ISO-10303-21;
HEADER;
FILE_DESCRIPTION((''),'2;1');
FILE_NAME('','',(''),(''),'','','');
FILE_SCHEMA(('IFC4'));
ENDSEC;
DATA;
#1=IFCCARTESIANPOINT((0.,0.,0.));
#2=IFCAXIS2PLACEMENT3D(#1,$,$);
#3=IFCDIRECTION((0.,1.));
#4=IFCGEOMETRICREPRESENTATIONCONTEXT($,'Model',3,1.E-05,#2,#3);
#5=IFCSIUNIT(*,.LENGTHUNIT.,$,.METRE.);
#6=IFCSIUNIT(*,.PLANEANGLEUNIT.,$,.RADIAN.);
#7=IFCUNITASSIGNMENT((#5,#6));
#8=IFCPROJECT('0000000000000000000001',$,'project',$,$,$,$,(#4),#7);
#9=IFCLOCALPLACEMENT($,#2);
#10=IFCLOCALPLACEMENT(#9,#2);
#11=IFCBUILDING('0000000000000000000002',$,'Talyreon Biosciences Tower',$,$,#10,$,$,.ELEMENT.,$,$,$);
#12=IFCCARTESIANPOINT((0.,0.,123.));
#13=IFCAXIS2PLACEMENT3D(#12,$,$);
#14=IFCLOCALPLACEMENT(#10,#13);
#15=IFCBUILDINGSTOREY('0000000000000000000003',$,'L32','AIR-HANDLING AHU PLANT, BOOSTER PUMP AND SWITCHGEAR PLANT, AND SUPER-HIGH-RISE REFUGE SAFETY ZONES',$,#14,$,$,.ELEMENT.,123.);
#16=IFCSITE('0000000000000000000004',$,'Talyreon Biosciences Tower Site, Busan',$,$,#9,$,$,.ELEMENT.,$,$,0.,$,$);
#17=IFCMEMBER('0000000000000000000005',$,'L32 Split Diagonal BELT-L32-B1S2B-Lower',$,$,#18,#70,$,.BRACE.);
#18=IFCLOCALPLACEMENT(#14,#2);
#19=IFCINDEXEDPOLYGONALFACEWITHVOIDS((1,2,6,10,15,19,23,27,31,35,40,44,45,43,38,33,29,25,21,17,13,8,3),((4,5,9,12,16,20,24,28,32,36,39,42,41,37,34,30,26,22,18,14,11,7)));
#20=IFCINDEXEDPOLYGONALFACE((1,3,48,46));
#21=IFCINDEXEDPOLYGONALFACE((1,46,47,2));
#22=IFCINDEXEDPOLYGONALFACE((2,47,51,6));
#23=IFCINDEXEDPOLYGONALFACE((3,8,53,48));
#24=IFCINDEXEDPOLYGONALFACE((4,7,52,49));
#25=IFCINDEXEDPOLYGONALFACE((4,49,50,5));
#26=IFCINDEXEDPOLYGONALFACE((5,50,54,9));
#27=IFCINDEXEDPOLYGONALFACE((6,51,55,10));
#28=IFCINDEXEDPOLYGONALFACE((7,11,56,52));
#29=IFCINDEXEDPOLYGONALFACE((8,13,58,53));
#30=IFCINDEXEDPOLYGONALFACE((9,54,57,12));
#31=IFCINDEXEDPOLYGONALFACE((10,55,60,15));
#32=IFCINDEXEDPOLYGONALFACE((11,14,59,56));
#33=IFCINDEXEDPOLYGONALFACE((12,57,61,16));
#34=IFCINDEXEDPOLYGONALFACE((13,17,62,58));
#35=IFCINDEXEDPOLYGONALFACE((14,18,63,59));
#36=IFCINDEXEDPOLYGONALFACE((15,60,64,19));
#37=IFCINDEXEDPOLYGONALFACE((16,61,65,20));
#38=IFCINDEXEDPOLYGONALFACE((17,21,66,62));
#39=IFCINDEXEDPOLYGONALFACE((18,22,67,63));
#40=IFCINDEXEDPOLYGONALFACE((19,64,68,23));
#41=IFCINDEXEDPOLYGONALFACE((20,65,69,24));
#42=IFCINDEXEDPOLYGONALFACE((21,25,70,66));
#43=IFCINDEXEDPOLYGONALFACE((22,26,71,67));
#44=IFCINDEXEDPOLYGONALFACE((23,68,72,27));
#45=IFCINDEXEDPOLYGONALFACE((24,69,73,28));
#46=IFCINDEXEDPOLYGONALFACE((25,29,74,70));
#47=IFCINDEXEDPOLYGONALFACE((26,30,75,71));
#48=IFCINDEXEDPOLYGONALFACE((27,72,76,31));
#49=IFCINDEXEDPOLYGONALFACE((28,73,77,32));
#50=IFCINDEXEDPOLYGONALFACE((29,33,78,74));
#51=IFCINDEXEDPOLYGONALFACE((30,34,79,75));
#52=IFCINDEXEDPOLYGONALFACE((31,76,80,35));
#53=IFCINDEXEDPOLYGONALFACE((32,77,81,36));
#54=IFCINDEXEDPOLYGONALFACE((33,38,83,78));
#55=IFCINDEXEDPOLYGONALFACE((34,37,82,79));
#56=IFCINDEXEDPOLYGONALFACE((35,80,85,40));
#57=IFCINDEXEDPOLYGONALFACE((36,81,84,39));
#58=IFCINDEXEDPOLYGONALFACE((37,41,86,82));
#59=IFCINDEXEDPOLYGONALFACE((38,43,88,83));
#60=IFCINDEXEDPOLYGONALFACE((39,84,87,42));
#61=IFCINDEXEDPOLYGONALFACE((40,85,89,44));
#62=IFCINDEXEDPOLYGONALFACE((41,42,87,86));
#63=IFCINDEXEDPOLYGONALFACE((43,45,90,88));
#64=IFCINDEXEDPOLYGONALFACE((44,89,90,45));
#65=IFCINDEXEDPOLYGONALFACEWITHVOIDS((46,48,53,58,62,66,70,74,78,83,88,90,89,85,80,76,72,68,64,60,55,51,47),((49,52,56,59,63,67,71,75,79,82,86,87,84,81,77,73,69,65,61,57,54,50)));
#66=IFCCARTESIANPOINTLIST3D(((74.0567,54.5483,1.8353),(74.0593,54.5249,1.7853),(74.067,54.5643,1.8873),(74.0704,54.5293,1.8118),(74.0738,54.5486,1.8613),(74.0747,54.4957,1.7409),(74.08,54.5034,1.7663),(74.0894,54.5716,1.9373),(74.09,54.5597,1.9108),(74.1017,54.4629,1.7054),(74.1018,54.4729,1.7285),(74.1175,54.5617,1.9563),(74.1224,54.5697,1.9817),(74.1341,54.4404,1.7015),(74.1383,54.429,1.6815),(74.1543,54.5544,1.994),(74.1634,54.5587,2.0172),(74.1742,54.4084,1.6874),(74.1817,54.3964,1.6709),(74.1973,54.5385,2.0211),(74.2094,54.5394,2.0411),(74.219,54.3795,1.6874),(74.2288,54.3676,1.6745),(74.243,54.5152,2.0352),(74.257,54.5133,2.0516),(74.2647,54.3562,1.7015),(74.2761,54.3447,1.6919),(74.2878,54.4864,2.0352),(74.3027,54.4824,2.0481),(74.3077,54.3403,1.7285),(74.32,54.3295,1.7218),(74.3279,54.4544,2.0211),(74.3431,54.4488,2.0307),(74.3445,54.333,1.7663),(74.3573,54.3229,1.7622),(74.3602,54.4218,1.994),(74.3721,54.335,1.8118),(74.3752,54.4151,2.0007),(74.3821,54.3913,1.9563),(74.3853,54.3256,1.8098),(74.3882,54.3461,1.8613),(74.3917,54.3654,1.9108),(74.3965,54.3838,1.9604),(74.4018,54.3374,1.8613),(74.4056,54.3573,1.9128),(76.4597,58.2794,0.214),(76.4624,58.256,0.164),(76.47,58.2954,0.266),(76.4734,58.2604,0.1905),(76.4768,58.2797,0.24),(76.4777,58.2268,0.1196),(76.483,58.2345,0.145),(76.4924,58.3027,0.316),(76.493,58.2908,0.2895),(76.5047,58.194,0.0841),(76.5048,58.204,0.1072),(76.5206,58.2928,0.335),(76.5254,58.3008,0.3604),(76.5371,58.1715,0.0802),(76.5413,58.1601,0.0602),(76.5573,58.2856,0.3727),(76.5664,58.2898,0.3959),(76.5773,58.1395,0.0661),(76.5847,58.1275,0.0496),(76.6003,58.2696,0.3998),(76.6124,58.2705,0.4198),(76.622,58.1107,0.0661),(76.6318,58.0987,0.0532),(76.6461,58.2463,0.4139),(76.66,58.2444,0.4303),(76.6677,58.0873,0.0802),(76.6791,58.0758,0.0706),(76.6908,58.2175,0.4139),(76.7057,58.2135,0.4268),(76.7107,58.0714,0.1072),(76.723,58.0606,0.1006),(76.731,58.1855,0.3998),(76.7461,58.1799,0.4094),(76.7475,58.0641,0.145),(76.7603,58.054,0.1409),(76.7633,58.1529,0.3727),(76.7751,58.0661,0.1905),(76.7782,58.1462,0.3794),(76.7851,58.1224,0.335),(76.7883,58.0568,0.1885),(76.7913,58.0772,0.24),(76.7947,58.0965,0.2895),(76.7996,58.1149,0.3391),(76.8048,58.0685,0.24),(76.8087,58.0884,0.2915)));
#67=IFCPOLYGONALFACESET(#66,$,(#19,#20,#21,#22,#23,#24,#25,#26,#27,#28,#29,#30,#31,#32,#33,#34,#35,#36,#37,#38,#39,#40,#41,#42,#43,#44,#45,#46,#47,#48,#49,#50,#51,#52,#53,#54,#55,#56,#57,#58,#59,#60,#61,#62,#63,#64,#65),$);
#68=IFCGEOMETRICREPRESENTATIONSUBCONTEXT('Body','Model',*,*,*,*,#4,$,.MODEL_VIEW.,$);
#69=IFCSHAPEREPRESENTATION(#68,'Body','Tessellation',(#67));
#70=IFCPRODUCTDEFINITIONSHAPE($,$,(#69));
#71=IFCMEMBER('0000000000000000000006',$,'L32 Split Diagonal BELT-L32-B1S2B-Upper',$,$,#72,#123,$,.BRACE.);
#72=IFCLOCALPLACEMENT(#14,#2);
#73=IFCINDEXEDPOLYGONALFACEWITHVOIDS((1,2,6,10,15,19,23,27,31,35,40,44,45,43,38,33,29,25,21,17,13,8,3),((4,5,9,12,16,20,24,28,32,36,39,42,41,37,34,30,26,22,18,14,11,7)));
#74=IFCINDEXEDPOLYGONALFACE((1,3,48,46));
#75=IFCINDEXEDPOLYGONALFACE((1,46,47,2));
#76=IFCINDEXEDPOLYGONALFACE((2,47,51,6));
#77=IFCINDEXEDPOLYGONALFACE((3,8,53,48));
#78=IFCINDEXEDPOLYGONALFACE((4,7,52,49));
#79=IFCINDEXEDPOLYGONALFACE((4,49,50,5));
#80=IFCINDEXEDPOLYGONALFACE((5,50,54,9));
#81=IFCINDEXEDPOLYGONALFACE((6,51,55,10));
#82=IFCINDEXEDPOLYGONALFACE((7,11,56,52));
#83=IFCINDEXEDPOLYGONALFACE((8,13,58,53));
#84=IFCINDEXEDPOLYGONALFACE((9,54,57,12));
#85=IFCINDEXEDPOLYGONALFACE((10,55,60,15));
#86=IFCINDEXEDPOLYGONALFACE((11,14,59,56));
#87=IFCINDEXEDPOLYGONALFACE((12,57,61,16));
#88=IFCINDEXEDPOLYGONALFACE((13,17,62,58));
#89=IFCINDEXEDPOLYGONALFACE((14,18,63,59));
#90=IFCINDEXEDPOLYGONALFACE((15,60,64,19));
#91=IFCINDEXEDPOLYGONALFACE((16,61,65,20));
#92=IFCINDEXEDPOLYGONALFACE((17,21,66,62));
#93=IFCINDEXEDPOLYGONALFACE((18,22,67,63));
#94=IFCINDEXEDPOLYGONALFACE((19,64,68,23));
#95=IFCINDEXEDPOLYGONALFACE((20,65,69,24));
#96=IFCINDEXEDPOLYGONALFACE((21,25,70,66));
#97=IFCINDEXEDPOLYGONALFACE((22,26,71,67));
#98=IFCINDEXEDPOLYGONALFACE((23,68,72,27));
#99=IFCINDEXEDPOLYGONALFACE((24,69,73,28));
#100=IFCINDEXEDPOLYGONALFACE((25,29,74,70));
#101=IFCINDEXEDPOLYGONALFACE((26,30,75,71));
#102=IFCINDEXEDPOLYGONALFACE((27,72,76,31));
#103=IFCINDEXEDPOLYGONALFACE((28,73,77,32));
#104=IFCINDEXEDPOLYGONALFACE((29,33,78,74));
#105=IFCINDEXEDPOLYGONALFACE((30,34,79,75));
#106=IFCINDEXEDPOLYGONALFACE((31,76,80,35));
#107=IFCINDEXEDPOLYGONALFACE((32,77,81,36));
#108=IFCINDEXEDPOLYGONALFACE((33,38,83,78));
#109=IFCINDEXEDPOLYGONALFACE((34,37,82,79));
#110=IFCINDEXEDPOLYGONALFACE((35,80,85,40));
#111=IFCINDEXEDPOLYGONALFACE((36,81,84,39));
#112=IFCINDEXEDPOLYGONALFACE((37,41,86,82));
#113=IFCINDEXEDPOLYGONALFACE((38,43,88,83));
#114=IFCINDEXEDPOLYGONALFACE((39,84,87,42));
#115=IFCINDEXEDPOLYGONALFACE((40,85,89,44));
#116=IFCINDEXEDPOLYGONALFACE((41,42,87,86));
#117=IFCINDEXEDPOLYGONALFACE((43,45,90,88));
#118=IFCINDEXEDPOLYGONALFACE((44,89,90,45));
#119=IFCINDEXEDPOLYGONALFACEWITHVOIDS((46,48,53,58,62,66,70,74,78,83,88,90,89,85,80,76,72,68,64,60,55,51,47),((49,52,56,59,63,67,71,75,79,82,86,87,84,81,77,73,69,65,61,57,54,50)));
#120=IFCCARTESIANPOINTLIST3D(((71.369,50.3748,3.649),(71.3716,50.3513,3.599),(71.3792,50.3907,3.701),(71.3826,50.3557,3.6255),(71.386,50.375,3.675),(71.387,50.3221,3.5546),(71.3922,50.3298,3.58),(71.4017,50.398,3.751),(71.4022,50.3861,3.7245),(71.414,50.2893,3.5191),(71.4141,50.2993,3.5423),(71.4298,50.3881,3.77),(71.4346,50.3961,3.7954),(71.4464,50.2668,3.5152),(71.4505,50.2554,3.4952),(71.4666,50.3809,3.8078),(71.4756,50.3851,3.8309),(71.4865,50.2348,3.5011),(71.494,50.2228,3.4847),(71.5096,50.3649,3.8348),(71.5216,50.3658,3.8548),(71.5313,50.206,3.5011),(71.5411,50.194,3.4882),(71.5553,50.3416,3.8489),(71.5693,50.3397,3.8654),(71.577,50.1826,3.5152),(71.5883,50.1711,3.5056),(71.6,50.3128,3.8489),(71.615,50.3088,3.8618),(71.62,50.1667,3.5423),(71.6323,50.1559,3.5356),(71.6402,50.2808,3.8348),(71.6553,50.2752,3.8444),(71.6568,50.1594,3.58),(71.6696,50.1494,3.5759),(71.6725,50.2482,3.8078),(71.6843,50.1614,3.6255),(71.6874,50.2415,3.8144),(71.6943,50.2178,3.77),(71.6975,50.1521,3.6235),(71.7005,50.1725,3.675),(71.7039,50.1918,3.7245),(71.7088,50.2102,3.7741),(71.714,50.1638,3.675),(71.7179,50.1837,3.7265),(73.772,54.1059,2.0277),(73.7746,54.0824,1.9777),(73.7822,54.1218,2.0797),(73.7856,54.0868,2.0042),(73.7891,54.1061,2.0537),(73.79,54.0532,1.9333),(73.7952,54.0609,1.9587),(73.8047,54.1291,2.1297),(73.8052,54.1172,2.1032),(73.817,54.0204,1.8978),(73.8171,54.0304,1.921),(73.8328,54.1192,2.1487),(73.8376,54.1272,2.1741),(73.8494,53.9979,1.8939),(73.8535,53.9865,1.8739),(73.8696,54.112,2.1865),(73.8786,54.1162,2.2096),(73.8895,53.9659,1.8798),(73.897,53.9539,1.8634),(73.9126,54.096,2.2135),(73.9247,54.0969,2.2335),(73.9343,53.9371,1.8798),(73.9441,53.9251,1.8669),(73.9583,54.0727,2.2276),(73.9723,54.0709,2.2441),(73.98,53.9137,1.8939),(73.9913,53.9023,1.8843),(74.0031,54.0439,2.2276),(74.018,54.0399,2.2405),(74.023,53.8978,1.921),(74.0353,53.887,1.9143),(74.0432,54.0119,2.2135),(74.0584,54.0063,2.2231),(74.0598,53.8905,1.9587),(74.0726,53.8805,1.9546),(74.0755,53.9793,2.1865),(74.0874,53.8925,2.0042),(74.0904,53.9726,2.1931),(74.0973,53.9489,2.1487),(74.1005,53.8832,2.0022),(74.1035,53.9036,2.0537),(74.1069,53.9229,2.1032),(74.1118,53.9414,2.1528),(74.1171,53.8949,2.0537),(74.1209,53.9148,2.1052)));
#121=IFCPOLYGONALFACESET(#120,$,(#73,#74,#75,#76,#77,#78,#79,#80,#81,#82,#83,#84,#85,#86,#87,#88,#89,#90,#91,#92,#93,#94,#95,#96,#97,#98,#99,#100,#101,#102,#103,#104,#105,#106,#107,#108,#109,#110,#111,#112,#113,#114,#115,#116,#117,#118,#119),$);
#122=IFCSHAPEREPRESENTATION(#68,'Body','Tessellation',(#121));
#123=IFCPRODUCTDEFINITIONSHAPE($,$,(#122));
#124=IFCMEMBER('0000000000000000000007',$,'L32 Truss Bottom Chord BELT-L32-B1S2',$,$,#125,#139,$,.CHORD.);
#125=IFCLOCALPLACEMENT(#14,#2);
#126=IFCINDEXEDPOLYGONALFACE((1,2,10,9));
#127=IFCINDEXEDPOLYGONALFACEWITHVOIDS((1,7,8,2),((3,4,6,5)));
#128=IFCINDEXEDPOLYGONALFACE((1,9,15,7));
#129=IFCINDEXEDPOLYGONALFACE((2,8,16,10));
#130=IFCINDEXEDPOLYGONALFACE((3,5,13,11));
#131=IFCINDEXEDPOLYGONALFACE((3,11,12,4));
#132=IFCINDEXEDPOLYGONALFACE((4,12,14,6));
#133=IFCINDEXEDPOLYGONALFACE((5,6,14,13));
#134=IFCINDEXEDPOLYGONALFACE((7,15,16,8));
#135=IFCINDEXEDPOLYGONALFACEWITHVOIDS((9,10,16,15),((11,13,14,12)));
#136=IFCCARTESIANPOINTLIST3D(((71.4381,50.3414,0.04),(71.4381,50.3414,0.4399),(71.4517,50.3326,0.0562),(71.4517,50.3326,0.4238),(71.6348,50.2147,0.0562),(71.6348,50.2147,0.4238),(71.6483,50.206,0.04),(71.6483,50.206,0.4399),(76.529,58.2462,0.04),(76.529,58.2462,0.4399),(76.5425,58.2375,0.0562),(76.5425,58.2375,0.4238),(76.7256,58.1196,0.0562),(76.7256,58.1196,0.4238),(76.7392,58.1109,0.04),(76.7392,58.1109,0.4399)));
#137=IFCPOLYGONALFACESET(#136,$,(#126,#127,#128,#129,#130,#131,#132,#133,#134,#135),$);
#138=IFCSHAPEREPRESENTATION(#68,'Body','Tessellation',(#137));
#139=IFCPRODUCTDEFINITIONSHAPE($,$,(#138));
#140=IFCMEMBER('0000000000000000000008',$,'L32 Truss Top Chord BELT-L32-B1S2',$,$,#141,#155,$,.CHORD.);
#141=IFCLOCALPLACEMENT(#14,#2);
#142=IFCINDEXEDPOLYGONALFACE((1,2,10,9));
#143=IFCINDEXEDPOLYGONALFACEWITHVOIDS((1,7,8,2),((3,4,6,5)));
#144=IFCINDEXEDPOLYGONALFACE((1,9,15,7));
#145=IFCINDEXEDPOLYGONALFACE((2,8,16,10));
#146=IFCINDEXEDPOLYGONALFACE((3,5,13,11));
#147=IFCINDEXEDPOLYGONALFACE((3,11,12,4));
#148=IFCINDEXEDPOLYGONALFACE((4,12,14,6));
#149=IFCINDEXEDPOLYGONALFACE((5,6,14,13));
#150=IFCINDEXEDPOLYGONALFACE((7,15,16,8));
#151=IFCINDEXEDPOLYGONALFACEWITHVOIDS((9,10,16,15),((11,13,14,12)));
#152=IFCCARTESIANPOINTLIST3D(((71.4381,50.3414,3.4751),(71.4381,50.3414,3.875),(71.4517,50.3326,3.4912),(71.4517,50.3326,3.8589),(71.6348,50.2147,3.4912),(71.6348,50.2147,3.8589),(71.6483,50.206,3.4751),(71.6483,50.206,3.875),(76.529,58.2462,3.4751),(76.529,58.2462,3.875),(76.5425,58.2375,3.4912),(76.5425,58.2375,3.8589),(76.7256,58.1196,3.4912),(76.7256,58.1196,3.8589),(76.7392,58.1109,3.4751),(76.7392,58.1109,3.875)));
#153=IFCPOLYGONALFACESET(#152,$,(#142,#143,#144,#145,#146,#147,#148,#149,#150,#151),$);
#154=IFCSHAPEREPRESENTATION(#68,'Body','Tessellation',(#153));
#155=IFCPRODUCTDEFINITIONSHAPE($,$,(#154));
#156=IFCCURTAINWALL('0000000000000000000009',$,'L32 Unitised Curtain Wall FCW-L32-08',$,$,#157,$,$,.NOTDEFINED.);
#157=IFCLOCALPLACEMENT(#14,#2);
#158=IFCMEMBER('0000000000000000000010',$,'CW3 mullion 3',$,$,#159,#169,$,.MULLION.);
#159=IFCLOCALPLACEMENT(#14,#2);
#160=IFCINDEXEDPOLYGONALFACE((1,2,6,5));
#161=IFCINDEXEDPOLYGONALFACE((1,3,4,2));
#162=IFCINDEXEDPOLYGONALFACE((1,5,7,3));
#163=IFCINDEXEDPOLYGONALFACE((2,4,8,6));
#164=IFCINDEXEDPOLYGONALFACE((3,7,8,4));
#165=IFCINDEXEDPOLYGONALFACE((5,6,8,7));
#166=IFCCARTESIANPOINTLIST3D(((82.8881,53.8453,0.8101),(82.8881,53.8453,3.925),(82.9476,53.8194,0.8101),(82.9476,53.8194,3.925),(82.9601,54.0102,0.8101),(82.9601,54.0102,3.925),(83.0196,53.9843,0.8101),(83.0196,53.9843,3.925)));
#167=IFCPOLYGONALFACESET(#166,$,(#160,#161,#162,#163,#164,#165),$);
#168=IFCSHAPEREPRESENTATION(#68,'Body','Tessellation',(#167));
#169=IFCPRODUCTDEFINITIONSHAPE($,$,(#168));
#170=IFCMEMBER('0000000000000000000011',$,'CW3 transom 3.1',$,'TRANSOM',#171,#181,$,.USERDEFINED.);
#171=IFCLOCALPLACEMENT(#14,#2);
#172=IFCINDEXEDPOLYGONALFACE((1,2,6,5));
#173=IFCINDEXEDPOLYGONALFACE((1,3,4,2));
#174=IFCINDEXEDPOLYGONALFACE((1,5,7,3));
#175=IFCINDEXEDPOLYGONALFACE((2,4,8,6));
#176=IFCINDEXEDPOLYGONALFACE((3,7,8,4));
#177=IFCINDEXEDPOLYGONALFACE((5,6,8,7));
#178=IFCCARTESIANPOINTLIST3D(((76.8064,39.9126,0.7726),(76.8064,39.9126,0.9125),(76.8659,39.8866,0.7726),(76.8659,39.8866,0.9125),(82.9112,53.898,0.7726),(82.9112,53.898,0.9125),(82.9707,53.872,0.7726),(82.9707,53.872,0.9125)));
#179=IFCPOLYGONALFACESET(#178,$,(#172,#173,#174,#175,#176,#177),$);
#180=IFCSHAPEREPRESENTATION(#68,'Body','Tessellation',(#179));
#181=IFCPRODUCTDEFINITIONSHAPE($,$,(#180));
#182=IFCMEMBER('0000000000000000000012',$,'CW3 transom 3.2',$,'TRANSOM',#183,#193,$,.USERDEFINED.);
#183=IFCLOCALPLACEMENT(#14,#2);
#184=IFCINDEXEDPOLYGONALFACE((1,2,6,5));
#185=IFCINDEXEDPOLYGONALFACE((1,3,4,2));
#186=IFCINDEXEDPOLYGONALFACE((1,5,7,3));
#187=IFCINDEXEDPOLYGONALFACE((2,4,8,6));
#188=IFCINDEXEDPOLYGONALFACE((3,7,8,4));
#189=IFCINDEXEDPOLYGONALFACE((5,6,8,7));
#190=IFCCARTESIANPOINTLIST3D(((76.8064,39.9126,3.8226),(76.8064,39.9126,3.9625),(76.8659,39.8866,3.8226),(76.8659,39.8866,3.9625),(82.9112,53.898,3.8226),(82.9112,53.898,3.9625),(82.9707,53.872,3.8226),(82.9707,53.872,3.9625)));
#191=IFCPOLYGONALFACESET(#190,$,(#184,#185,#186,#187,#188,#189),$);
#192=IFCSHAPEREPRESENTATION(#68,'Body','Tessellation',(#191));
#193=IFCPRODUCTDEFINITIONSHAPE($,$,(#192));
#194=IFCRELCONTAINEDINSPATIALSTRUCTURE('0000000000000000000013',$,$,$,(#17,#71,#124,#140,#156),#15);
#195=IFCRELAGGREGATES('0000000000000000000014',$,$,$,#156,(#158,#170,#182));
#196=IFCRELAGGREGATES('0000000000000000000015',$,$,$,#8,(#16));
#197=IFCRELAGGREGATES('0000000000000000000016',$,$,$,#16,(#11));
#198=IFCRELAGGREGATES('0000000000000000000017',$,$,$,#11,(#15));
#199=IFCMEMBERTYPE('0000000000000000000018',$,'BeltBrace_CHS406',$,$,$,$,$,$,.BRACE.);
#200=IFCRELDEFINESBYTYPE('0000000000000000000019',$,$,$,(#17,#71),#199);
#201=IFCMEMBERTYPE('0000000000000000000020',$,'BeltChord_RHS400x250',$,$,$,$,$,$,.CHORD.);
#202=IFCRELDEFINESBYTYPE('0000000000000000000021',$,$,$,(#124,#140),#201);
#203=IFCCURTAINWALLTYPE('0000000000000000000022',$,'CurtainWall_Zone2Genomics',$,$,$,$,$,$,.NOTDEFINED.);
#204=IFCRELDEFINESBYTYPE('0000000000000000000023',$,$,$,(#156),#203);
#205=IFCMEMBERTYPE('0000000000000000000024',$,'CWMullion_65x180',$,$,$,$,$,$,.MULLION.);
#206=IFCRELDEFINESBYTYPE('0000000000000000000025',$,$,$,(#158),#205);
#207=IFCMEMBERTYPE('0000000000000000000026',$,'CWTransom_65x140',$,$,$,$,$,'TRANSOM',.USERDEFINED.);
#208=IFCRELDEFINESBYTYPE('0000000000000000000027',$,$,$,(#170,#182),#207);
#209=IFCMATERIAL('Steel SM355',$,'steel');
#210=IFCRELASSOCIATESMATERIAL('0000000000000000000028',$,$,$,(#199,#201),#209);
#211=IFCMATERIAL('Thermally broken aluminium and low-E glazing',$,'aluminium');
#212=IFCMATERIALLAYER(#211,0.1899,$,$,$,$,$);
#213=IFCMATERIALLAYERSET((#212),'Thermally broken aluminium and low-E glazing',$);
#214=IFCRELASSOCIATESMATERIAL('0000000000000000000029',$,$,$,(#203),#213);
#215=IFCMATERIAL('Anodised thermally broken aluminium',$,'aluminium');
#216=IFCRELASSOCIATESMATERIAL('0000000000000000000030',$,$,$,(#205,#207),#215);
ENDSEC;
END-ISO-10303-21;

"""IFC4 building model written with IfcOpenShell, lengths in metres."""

from ifc_helpers import new_model, si_unit, direction, frame, origin, origin_2d, place, context, subcontext, project, spatial, rectangle, hollow_rectangle, hollow_circle, extrude, material, layer, layer_set, material_profile, profile_set, type_object, element, aggregate, save


model = new_model("IFC4")

# Units and contexts
model_context = context("Model", 3, precision=1e-05, world=origin(), true_north=direction((0.0, 1.0)))
body_context = subcontext(model_context, "Body", "Model", "MODEL_VIEW")
ifc_project = project(units=[si_unit("LENGTHUNIT", "METRE"), si_unit("PLANEANGLEUNIT", "RADIAN")], contexts=[model_context])

# Site, building, storey
site_placement = place(None, origin())
site = spatial("IfcSite", under=ifc_project, at=site_placement, Name="Talyreon Biosciences Tower Site, Busan", CompositionType="ELEMENT", RefElevation=0.0)
building_placement = place(site_placement, origin())
building = spatial("IfcBuilding", under=site, at=building_placement, Name="Talyreon Biosciences Tower", CompositionType="ELEMENT")
storey_placement = place(building_placement, frame((0.0, 0.0, 123.0)))
storey = spatial("IfcBuildingStorey", under=building, at=storey_placement, Name="L32", Description="AIR-HANDLING AHU PLANT, BOOSTER PUMP AND SWITCHGEAR PLANT, AND SUPER-HIGH-RISE REFUGE SAFETY ZONES", CompositionType="ELEMENT", Elevation=123.0)

# Members
ifc_material_1 = material(Name="Steel SM355", Category="steel")
ifc_material_profile_1 = material_profile(ifc_material_1, hollow_circle(Radius=0.2031, WallThickness=0.0161, at=origin_2d()), Name="CHS 406.4x16")
ifc_profile_set_1 = profile_set([ifc_material_profile_1], Name="Steel SM355")
member_type_1 = type_object("IfcMemberType", Name="BeltBrace_CHS406", PredefinedType="BRACE", material=ifc_profile_set_1)
for number, where, z_axis, x_axis, name in (
    (1, (76.634, 58.1785, 0.24), (-0.50859, -0.789677, 0.343142), (0.840722, -0.541466, 0.0), "L32 Split Diagonal BELT-L32-B1S2B-Lower"),
    (2, (73.9463, 54.0049, 2.0537), (-0.50859, -0.789677, 0.343142), (0.840722, -0.541466, 0.0), "L32 Split Diagonal BELT-L32-B1S2B-Upper"),
):
    element("IfcMember", number, at=place(storey_placement, frame(where, z_axis=z_axis, x_axis=x_axis)), inside=storey, type_object=member_type_1, Name=name, PredefinedType="BRACE", context=body_context, shape_type="SweptSolid", body=[
        extrude(hollow_circle(Radius=0.2031, WallThickness=0.0161, at=origin_2d()), origin(), (0.0, 0.0, 1.0), 4.7249),
    ])
ifc_material_profile_2 = material_profile(ifc_material_1, hollow_rectangle(XDim=0.25, YDim=0.3999, WallThickness=0.0161, at=origin_2d()), Name="RHS 400x250x16")
ifc_profile_set_2 = profile_set([ifc_material_profile_2], Name="Steel SM355")
member_type_2 = type_object("IfcMemberType", Name="BeltChord_RHS400x250", PredefinedType="CHORD", material=ifc_profile_set_2)
for number, where, z_axis, x_axis, name in (
    (3, (71.5432, 50.2737, 0.24), (0.541448, 0.840734, 0.0), (-0.840734, 0.541448, 0.0), "L32 Truss Bottom Chord BELT-L32-B1S2"),
    (4, (71.5432, 50.2737, 3.675), (0.541448, 0.840734, 0.0), (-0.840734, 0.541448, 0.0), "L32 Truss Top Chord BELT-L32-B1S2"),
):
    element("IfcMember", number, at=place(storey_placement, frame(where, z_axis=z_axis, x_axis=x_axis)), inside=storey, type_object=member_type_2, Name=name, PredefinedType="CHORD", context=body_context, shape_type="SweptSolid", body=[
        extrude(hollow_rectangle(XDim=0.25, YDim=0.3999, WallThickness=0.0161, at=origin_2d()), origin(), (0.0, 0.0, 1.0), 9.4023),
    ])

# Curtain wall, members
ifc_material_2 = material(Name="Thermally broken aluminium and low-E glazing", Category="aluminium")
ifc_layer_1 = layer(ifc_material_2, 0.1899)
ifc_layer_set_1 = layer_set([ifc_layer_1], Name="Thermally broken aluminium and low-E glazing")
curtain_wall_type = type_object("IfcCurtainWallType", Name="CurtainWall_Zone2Genomics", PredefinedType="NOTDEFINED", material=ifc_layer_set_1)
curtain_wall_placement = place(storey_placement, origin())
curtain_wall = element("IfcCurtainWall", 5, at=curtain_wall_placement, inside=storey, type_object=curtain_wall_type, Name="L32 Unitised Curtain Wall FCW-L32-08", PredefinedType="NOTDEFINED")
ifc_material_3 = material(Name="Anodised thermally broken aluminium", Category="aluminium")
ifc_material_profile_3 = material_profile(ifc_material_3, rectangle(XDim=0.0649, YDim=0.1799, at=origin_2d()), Name="ALUM MULLION 65x180")
ifc_profile_set_3 = profile_set([ifc_material_profile_3], Name="Anodised thermally broken aluminium")
member_type_3 = type_object("IfcMemberType", Name="CWMullion_65x180", PredefinedType="MULLION", material=ifc_profile_set_3)
member_1_placement = place(storey_placement, frame((82.9539, 53.9148, 0.8101), z_axis=(0.0, 0.0, 1.0), x_axis=(0.91649, -0.400058, 0.0)))
member_1 = element("IfcMember", 6, at=member_1_placement, type_object=member_type_3, Name="CW3 mullion 3", PredefinedType="MULLION", context=body_context, shape_type="SweptSolid", body=[
    extrude(rectangle(XDim=0.0649, YDim=0.1799, at=origin_2d()), origin(), (0.0, 0.0, 1.0), 3.115),
])
ifc_material_profile_4 = material_profile(ifc_material_3, rectangle(XDim=0.0649, YDim=0.1399, at=origin_2d()), Name="ALUM TRANSOM 65x140")
ifc_profile_set_4 = profile_set([ifc_material_profile_4], Name="Anodised thermally broken aluminium")
member_type_4 = type_object("IfcMemberType", Name="CWTransom_65x140", ElementType="TRANSOM", PredefinedType="USERDEFINED", material=ifc_profile_set_4)
member_2_placement = place(storey_placement, frame((82.9409, 53.885, 0.8425), z_axis=(-0.400057, -0.91649, 0.0), x_axis=(0.91649, -0.400057, 0.0)))
member_2 = element("IfcMember", 7, at=member_2_placement, type_object=member_type_4, Name="CW3 transom 3.1", ObjectType="TRANSOM", PredefinedType="USERDEFINED", context=body_context, shape_type="SweptSolid", body=[
    extrude(rectangle(XDim=0.0649, YDim=0.1399, at=origin_2d()), origin(), (0.0, 0.0, 1.0), 15.2598),
])
member_3_placement = place(storey_placement, frame((82.9409, 53.885, 3.8926), z_axis=(-0.400057, -0.91649, 0.0), x_axis=(0.91649, -0.400057, 0.0)))
member_3 = element("IfcMember", 8, at=member_3_placement, type_object=member_type_4, Name="CW3 transom 3.2", ObjectType="TRANSOM", PredefinedType="USERDEFINED", context=body_context, shape_type="SweptSolid", body=[
    extrude(rectangle(XDim=0.0649, YDim=0.1399, at=origin_2d()), origin(), (0.0, 0.0, 1.0), 15.2598),
])
aggregate(curtain_wall, [member_1, member_2, member_3])

save(model, "model.ifc")
